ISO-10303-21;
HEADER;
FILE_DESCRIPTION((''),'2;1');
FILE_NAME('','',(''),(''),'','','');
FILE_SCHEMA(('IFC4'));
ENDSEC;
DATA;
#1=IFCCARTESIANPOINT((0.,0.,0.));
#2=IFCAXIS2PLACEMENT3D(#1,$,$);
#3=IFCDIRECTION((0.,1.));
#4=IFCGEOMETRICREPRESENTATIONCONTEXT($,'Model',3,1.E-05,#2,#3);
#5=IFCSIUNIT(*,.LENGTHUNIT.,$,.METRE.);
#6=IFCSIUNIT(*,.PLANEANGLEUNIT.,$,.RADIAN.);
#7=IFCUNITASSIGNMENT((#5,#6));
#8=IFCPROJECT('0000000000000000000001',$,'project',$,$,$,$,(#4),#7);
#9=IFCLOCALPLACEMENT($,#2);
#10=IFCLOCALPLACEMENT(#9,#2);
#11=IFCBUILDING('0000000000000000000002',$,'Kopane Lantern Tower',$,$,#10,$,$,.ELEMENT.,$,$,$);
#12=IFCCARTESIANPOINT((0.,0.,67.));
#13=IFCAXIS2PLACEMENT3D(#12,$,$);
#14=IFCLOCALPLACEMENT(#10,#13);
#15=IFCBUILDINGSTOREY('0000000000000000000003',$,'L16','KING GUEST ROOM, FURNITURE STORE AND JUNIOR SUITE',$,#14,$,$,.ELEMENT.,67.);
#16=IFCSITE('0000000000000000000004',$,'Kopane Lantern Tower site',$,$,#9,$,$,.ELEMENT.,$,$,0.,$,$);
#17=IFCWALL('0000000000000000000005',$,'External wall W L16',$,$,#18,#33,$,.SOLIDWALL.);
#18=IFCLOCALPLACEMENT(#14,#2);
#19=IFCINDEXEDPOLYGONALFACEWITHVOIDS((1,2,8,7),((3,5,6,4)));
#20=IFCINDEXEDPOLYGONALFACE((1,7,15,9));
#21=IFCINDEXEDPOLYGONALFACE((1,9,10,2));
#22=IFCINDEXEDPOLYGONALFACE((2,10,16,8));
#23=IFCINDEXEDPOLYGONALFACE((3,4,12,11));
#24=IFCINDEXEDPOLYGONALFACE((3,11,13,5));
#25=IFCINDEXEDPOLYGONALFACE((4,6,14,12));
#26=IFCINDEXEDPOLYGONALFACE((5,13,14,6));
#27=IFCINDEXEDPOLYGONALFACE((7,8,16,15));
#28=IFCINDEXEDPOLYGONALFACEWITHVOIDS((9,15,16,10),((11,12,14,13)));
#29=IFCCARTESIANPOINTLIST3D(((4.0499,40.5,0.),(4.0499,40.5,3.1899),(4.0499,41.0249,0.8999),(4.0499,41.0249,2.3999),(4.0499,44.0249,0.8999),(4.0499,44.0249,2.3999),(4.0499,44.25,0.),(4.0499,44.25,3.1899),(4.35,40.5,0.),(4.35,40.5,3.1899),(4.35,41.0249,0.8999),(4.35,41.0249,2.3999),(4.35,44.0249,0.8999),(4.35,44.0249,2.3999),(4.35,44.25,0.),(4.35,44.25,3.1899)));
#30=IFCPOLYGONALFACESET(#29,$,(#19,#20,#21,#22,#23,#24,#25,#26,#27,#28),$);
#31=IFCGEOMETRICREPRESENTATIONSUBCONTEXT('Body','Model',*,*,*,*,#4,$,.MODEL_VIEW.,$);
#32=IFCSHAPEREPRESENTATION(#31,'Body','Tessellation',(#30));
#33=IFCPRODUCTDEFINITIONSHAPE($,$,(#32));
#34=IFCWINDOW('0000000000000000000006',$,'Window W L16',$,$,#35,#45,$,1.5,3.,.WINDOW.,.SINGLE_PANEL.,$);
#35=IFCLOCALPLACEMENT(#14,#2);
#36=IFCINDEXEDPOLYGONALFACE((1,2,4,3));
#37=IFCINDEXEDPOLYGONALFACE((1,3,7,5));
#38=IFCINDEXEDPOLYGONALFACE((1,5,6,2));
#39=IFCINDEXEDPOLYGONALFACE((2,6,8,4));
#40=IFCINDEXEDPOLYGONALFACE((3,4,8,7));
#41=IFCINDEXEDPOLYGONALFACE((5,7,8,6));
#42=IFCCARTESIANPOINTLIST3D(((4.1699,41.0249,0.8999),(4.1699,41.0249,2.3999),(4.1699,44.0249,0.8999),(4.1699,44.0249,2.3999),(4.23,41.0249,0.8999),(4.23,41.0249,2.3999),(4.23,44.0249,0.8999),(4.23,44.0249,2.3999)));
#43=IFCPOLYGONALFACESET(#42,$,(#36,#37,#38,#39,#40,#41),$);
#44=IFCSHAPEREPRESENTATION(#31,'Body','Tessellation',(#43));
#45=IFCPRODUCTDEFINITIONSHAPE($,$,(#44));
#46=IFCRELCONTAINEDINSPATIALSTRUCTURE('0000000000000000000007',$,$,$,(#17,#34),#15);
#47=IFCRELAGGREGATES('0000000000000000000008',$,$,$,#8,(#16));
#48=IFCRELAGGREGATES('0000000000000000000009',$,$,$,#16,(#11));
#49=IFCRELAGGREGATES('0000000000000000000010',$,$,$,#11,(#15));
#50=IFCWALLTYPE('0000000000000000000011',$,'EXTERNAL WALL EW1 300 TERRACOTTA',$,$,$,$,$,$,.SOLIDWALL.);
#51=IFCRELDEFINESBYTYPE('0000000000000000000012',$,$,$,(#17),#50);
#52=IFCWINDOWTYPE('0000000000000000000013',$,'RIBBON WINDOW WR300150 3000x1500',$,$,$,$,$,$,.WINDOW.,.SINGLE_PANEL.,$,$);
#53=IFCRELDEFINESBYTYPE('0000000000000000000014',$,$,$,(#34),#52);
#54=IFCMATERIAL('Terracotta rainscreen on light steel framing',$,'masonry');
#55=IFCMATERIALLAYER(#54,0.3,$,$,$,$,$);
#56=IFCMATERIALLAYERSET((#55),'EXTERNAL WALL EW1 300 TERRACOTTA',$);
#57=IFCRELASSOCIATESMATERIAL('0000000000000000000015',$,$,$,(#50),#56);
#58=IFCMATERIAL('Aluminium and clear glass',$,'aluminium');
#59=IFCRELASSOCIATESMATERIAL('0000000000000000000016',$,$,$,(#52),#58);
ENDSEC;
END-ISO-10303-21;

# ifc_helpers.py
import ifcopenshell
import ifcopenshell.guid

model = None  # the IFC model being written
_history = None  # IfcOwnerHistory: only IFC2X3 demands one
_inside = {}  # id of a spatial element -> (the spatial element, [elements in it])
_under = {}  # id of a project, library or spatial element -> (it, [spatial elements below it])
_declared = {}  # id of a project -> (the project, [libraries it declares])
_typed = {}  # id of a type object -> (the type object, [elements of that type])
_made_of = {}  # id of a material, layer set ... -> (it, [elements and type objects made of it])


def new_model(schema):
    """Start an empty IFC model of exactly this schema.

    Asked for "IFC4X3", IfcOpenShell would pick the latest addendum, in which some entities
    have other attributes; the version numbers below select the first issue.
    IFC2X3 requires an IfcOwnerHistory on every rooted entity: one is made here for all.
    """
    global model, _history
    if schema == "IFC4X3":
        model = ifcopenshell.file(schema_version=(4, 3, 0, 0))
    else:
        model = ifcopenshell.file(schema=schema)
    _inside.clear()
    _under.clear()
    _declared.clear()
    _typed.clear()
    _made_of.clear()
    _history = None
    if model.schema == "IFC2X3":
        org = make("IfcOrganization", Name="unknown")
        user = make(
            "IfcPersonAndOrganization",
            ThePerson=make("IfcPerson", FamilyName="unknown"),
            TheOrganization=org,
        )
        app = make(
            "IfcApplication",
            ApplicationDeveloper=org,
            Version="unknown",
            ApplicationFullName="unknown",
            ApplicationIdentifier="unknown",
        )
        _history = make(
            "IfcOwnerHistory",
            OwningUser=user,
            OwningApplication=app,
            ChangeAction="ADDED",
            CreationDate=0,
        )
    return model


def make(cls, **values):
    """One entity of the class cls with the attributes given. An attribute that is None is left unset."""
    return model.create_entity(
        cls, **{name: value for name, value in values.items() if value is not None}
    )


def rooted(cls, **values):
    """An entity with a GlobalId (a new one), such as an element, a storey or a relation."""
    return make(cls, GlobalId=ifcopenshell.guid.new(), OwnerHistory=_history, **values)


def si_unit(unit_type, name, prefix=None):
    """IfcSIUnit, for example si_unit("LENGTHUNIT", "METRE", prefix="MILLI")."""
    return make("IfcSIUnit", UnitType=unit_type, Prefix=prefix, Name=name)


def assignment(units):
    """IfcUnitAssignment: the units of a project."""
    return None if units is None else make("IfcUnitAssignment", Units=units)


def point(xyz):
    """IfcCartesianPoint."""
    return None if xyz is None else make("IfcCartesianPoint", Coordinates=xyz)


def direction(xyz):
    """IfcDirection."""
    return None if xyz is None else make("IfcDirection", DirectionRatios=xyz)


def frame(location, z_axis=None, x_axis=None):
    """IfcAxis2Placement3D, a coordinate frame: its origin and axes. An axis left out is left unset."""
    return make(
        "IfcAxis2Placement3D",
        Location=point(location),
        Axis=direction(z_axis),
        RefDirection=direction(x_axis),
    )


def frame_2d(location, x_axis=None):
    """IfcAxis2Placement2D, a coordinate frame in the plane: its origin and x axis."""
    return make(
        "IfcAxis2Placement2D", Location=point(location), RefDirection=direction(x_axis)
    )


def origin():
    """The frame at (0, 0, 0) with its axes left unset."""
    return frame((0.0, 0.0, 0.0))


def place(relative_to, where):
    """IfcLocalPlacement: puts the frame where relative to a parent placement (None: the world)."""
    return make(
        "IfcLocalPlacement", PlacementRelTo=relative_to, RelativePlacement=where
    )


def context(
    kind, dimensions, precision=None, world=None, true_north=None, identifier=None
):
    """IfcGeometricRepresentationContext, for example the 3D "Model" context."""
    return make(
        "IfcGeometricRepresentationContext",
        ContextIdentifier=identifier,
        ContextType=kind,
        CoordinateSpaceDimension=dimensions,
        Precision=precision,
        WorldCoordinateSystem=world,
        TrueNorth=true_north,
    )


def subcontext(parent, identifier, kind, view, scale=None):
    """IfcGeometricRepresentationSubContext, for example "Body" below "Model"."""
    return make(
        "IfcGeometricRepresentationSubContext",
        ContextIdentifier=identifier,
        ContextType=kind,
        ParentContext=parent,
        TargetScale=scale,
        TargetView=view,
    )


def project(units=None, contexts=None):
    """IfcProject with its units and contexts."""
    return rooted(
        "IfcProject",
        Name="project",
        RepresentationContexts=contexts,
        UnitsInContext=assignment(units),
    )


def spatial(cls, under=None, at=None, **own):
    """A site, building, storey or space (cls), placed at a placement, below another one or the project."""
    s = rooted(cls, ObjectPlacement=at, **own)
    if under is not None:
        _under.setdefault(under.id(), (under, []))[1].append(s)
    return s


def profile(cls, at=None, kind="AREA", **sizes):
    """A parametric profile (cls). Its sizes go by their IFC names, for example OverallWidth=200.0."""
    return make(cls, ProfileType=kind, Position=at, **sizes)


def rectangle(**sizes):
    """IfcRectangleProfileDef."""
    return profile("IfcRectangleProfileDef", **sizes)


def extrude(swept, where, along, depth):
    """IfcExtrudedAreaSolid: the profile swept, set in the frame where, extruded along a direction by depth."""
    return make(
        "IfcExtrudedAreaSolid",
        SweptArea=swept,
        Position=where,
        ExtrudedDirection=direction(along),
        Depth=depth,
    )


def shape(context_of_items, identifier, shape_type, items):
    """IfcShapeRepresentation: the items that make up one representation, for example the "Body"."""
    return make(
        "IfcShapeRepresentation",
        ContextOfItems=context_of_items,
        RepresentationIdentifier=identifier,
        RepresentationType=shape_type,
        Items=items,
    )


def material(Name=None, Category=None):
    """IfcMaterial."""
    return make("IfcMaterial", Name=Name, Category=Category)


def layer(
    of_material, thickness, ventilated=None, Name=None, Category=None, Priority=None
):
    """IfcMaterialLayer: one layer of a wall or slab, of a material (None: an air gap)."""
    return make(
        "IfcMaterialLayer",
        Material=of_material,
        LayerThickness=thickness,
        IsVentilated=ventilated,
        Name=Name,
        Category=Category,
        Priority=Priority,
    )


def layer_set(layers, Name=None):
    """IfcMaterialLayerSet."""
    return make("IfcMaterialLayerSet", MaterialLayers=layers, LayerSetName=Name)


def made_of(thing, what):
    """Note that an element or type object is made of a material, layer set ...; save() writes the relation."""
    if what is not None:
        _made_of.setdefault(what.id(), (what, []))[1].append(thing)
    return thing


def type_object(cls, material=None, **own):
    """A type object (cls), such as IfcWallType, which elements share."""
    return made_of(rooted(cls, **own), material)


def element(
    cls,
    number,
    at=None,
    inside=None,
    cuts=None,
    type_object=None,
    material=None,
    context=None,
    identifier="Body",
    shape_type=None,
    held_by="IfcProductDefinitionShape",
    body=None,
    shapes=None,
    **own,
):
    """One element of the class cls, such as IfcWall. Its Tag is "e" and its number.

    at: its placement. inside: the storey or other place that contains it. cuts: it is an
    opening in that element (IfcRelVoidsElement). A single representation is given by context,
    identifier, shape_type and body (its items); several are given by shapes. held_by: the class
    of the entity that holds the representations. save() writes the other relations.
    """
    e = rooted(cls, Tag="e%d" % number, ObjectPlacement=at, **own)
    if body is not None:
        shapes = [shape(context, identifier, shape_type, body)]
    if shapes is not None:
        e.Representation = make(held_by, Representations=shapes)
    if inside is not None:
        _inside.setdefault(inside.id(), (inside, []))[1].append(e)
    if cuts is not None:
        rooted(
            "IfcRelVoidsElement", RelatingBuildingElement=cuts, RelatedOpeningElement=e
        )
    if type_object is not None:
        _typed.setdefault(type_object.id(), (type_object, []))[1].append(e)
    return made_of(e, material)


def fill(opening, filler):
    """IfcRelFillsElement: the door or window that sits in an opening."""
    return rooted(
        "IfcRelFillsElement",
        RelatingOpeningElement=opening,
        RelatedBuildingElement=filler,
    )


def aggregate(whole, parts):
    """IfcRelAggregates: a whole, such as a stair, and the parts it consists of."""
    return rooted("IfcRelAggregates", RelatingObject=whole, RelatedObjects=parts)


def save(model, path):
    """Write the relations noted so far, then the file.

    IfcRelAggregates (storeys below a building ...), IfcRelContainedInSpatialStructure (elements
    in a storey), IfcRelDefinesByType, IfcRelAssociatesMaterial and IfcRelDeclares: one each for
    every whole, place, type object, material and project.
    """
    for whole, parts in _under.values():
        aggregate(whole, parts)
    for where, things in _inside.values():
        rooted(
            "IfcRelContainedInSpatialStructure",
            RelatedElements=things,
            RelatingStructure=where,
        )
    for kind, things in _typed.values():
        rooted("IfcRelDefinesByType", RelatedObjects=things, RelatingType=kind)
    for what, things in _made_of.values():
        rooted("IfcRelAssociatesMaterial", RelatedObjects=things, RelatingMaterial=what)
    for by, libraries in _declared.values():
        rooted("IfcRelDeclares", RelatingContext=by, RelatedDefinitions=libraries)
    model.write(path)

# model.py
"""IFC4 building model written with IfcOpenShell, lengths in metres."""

from ifc_helpers import new_model, si_unit, direction, frame, frame_2d, origin, place, context, subcontext, project, spatial, rectangle, extrude, material, layer, layer_set, type_object, element, fill, save


model = new_model("IFC4")

# Units and contexts
model_context = context("Model", 3, precision=1e-05, world=origin(), true_north=direction((0.0, 1.0)))
body_context = subcontext(model_context, "Body", "Model", "MODEL_VIEW")
ifc_project = project(units=[si_unit("LENGTHUNIT", "METRE"), si_unit("PLANEANGLEUNIT", "RADIAN")], contexts=[model_context])

# Site, building, storey
site_placement = place(None, origin())
site = spatial("IfcSite", under=ifc_project, at=site_placement, Name="Kopane Lantern Tower site", CompositionType="ELEMENT", RefElevation=0.0)
building_placement = place(site_placement, origin())
building = spatial("IfcBuilding", under=site, at=building_placement, Name="Kopane Lantern Tower", CompositionType="ELEMENT")
storey_placement = place(building_placement, frame((0.0, 0.0, 67.0)))
storey = spatial("IfcBuildingStorey", under=building, at=storey_placement, Name="L16", Description="KING GUEST ROOM, FURNITURE STORE AND JUNIOR SUITE", CompositionType="ELEMENT", Elevation=67.0)

# Wall, opening, window
ifc_material_1 = material(Name="Terracotta rainscreen on light steel framing", Category="masonry")
ifc_layer_1 = layer(ifc_material_1, 0.3)
ifc_layer_set_1 = layer_set([ifc_layer_1], Name="EXTERNAL WALL EW1 300 TERRACOTTA")
wall_type_1 = type_object("IfcWallType", Name="EXTERNAL WALL EW1 300 TERRACOTTA", PredefinedType="SOLIDWALL", material=ifc_layer_set_1)
wall_1_placement = place(storey_placement, frame((4.2, 44.25, 0.0), z_axis=(0.0, 0.0, 1.0), x_axis=(0.0, -1.0, 0.0)))
wall_1 = element("IfcWall", 1, at=wall_1_placement, inside=storey, type_object=wall_type_1, Name="External wall W L16", PredefinedType="SOLIDWALL", context=body_context, shape_type="SweptSolid", body=[
    extrude(rectangle(XDim=3.75, YDim=0.3, at=frame_2d((1.875, 0.0))), origin(), (0.0, 0.0, 1.0), 3.1899),
])
opening_1_placement = place(wall_1_placement, frame((0.2251, 0.0, 0.8999)))
opening_1 = element("IfcOpeningElement", 2, at=opening_1_placement, cuts=wall_1, PredefinedType="OPENING", context=body_context, shape_type="SweptSolid", body=[
    extrude(rectangle(XDim=3.0, YDim=1.5, at=frame_2d((1.5, 0.75))), frame((0.0, 0.1599, 0.0), z_axis=(0.0, -1.0, 0.0), x_axis=(1.0, 0.0, 0.0)), (0.0, 0.0, 1.0), 0.3201),
])
ifc_material_2 = material(Name="Aluminium and clear glass", Category="aluminium")
window_type = type_object("IfcWindowType", Name="RIBBON WINDOW WR300150 3000x1500", PartitioningType="SINGLE_PANEL", PredefinedType="WINDOW", material=ifc_material_2)
window_placement = place(opening_1_placement, origin())
window = element("IfcWindow", 3, at=window_placement, inside=storey, type_object=window_type, Name="Window W L16", OverallHeight=1.5, OverallWidth=3.0, PartitioningType="SINGLE_PANEL", PredefinedType="WINDOW", context=body_context, shape_type="SweptSolid", body=[
    extrude(rectangle(XDim=3.0, YDim=1.5, at=frame_2d((1.5, 0.75))), frame((0.0, 0.03, 0.0), z_axis=(0.0, -1.0, 0.0), x_axis=(1.0, 0.0, 0.0)), (0.0, 0.0, 1.0), 0.0601),
])
fill(opening_1, window)

save(model, "model.ifc")
